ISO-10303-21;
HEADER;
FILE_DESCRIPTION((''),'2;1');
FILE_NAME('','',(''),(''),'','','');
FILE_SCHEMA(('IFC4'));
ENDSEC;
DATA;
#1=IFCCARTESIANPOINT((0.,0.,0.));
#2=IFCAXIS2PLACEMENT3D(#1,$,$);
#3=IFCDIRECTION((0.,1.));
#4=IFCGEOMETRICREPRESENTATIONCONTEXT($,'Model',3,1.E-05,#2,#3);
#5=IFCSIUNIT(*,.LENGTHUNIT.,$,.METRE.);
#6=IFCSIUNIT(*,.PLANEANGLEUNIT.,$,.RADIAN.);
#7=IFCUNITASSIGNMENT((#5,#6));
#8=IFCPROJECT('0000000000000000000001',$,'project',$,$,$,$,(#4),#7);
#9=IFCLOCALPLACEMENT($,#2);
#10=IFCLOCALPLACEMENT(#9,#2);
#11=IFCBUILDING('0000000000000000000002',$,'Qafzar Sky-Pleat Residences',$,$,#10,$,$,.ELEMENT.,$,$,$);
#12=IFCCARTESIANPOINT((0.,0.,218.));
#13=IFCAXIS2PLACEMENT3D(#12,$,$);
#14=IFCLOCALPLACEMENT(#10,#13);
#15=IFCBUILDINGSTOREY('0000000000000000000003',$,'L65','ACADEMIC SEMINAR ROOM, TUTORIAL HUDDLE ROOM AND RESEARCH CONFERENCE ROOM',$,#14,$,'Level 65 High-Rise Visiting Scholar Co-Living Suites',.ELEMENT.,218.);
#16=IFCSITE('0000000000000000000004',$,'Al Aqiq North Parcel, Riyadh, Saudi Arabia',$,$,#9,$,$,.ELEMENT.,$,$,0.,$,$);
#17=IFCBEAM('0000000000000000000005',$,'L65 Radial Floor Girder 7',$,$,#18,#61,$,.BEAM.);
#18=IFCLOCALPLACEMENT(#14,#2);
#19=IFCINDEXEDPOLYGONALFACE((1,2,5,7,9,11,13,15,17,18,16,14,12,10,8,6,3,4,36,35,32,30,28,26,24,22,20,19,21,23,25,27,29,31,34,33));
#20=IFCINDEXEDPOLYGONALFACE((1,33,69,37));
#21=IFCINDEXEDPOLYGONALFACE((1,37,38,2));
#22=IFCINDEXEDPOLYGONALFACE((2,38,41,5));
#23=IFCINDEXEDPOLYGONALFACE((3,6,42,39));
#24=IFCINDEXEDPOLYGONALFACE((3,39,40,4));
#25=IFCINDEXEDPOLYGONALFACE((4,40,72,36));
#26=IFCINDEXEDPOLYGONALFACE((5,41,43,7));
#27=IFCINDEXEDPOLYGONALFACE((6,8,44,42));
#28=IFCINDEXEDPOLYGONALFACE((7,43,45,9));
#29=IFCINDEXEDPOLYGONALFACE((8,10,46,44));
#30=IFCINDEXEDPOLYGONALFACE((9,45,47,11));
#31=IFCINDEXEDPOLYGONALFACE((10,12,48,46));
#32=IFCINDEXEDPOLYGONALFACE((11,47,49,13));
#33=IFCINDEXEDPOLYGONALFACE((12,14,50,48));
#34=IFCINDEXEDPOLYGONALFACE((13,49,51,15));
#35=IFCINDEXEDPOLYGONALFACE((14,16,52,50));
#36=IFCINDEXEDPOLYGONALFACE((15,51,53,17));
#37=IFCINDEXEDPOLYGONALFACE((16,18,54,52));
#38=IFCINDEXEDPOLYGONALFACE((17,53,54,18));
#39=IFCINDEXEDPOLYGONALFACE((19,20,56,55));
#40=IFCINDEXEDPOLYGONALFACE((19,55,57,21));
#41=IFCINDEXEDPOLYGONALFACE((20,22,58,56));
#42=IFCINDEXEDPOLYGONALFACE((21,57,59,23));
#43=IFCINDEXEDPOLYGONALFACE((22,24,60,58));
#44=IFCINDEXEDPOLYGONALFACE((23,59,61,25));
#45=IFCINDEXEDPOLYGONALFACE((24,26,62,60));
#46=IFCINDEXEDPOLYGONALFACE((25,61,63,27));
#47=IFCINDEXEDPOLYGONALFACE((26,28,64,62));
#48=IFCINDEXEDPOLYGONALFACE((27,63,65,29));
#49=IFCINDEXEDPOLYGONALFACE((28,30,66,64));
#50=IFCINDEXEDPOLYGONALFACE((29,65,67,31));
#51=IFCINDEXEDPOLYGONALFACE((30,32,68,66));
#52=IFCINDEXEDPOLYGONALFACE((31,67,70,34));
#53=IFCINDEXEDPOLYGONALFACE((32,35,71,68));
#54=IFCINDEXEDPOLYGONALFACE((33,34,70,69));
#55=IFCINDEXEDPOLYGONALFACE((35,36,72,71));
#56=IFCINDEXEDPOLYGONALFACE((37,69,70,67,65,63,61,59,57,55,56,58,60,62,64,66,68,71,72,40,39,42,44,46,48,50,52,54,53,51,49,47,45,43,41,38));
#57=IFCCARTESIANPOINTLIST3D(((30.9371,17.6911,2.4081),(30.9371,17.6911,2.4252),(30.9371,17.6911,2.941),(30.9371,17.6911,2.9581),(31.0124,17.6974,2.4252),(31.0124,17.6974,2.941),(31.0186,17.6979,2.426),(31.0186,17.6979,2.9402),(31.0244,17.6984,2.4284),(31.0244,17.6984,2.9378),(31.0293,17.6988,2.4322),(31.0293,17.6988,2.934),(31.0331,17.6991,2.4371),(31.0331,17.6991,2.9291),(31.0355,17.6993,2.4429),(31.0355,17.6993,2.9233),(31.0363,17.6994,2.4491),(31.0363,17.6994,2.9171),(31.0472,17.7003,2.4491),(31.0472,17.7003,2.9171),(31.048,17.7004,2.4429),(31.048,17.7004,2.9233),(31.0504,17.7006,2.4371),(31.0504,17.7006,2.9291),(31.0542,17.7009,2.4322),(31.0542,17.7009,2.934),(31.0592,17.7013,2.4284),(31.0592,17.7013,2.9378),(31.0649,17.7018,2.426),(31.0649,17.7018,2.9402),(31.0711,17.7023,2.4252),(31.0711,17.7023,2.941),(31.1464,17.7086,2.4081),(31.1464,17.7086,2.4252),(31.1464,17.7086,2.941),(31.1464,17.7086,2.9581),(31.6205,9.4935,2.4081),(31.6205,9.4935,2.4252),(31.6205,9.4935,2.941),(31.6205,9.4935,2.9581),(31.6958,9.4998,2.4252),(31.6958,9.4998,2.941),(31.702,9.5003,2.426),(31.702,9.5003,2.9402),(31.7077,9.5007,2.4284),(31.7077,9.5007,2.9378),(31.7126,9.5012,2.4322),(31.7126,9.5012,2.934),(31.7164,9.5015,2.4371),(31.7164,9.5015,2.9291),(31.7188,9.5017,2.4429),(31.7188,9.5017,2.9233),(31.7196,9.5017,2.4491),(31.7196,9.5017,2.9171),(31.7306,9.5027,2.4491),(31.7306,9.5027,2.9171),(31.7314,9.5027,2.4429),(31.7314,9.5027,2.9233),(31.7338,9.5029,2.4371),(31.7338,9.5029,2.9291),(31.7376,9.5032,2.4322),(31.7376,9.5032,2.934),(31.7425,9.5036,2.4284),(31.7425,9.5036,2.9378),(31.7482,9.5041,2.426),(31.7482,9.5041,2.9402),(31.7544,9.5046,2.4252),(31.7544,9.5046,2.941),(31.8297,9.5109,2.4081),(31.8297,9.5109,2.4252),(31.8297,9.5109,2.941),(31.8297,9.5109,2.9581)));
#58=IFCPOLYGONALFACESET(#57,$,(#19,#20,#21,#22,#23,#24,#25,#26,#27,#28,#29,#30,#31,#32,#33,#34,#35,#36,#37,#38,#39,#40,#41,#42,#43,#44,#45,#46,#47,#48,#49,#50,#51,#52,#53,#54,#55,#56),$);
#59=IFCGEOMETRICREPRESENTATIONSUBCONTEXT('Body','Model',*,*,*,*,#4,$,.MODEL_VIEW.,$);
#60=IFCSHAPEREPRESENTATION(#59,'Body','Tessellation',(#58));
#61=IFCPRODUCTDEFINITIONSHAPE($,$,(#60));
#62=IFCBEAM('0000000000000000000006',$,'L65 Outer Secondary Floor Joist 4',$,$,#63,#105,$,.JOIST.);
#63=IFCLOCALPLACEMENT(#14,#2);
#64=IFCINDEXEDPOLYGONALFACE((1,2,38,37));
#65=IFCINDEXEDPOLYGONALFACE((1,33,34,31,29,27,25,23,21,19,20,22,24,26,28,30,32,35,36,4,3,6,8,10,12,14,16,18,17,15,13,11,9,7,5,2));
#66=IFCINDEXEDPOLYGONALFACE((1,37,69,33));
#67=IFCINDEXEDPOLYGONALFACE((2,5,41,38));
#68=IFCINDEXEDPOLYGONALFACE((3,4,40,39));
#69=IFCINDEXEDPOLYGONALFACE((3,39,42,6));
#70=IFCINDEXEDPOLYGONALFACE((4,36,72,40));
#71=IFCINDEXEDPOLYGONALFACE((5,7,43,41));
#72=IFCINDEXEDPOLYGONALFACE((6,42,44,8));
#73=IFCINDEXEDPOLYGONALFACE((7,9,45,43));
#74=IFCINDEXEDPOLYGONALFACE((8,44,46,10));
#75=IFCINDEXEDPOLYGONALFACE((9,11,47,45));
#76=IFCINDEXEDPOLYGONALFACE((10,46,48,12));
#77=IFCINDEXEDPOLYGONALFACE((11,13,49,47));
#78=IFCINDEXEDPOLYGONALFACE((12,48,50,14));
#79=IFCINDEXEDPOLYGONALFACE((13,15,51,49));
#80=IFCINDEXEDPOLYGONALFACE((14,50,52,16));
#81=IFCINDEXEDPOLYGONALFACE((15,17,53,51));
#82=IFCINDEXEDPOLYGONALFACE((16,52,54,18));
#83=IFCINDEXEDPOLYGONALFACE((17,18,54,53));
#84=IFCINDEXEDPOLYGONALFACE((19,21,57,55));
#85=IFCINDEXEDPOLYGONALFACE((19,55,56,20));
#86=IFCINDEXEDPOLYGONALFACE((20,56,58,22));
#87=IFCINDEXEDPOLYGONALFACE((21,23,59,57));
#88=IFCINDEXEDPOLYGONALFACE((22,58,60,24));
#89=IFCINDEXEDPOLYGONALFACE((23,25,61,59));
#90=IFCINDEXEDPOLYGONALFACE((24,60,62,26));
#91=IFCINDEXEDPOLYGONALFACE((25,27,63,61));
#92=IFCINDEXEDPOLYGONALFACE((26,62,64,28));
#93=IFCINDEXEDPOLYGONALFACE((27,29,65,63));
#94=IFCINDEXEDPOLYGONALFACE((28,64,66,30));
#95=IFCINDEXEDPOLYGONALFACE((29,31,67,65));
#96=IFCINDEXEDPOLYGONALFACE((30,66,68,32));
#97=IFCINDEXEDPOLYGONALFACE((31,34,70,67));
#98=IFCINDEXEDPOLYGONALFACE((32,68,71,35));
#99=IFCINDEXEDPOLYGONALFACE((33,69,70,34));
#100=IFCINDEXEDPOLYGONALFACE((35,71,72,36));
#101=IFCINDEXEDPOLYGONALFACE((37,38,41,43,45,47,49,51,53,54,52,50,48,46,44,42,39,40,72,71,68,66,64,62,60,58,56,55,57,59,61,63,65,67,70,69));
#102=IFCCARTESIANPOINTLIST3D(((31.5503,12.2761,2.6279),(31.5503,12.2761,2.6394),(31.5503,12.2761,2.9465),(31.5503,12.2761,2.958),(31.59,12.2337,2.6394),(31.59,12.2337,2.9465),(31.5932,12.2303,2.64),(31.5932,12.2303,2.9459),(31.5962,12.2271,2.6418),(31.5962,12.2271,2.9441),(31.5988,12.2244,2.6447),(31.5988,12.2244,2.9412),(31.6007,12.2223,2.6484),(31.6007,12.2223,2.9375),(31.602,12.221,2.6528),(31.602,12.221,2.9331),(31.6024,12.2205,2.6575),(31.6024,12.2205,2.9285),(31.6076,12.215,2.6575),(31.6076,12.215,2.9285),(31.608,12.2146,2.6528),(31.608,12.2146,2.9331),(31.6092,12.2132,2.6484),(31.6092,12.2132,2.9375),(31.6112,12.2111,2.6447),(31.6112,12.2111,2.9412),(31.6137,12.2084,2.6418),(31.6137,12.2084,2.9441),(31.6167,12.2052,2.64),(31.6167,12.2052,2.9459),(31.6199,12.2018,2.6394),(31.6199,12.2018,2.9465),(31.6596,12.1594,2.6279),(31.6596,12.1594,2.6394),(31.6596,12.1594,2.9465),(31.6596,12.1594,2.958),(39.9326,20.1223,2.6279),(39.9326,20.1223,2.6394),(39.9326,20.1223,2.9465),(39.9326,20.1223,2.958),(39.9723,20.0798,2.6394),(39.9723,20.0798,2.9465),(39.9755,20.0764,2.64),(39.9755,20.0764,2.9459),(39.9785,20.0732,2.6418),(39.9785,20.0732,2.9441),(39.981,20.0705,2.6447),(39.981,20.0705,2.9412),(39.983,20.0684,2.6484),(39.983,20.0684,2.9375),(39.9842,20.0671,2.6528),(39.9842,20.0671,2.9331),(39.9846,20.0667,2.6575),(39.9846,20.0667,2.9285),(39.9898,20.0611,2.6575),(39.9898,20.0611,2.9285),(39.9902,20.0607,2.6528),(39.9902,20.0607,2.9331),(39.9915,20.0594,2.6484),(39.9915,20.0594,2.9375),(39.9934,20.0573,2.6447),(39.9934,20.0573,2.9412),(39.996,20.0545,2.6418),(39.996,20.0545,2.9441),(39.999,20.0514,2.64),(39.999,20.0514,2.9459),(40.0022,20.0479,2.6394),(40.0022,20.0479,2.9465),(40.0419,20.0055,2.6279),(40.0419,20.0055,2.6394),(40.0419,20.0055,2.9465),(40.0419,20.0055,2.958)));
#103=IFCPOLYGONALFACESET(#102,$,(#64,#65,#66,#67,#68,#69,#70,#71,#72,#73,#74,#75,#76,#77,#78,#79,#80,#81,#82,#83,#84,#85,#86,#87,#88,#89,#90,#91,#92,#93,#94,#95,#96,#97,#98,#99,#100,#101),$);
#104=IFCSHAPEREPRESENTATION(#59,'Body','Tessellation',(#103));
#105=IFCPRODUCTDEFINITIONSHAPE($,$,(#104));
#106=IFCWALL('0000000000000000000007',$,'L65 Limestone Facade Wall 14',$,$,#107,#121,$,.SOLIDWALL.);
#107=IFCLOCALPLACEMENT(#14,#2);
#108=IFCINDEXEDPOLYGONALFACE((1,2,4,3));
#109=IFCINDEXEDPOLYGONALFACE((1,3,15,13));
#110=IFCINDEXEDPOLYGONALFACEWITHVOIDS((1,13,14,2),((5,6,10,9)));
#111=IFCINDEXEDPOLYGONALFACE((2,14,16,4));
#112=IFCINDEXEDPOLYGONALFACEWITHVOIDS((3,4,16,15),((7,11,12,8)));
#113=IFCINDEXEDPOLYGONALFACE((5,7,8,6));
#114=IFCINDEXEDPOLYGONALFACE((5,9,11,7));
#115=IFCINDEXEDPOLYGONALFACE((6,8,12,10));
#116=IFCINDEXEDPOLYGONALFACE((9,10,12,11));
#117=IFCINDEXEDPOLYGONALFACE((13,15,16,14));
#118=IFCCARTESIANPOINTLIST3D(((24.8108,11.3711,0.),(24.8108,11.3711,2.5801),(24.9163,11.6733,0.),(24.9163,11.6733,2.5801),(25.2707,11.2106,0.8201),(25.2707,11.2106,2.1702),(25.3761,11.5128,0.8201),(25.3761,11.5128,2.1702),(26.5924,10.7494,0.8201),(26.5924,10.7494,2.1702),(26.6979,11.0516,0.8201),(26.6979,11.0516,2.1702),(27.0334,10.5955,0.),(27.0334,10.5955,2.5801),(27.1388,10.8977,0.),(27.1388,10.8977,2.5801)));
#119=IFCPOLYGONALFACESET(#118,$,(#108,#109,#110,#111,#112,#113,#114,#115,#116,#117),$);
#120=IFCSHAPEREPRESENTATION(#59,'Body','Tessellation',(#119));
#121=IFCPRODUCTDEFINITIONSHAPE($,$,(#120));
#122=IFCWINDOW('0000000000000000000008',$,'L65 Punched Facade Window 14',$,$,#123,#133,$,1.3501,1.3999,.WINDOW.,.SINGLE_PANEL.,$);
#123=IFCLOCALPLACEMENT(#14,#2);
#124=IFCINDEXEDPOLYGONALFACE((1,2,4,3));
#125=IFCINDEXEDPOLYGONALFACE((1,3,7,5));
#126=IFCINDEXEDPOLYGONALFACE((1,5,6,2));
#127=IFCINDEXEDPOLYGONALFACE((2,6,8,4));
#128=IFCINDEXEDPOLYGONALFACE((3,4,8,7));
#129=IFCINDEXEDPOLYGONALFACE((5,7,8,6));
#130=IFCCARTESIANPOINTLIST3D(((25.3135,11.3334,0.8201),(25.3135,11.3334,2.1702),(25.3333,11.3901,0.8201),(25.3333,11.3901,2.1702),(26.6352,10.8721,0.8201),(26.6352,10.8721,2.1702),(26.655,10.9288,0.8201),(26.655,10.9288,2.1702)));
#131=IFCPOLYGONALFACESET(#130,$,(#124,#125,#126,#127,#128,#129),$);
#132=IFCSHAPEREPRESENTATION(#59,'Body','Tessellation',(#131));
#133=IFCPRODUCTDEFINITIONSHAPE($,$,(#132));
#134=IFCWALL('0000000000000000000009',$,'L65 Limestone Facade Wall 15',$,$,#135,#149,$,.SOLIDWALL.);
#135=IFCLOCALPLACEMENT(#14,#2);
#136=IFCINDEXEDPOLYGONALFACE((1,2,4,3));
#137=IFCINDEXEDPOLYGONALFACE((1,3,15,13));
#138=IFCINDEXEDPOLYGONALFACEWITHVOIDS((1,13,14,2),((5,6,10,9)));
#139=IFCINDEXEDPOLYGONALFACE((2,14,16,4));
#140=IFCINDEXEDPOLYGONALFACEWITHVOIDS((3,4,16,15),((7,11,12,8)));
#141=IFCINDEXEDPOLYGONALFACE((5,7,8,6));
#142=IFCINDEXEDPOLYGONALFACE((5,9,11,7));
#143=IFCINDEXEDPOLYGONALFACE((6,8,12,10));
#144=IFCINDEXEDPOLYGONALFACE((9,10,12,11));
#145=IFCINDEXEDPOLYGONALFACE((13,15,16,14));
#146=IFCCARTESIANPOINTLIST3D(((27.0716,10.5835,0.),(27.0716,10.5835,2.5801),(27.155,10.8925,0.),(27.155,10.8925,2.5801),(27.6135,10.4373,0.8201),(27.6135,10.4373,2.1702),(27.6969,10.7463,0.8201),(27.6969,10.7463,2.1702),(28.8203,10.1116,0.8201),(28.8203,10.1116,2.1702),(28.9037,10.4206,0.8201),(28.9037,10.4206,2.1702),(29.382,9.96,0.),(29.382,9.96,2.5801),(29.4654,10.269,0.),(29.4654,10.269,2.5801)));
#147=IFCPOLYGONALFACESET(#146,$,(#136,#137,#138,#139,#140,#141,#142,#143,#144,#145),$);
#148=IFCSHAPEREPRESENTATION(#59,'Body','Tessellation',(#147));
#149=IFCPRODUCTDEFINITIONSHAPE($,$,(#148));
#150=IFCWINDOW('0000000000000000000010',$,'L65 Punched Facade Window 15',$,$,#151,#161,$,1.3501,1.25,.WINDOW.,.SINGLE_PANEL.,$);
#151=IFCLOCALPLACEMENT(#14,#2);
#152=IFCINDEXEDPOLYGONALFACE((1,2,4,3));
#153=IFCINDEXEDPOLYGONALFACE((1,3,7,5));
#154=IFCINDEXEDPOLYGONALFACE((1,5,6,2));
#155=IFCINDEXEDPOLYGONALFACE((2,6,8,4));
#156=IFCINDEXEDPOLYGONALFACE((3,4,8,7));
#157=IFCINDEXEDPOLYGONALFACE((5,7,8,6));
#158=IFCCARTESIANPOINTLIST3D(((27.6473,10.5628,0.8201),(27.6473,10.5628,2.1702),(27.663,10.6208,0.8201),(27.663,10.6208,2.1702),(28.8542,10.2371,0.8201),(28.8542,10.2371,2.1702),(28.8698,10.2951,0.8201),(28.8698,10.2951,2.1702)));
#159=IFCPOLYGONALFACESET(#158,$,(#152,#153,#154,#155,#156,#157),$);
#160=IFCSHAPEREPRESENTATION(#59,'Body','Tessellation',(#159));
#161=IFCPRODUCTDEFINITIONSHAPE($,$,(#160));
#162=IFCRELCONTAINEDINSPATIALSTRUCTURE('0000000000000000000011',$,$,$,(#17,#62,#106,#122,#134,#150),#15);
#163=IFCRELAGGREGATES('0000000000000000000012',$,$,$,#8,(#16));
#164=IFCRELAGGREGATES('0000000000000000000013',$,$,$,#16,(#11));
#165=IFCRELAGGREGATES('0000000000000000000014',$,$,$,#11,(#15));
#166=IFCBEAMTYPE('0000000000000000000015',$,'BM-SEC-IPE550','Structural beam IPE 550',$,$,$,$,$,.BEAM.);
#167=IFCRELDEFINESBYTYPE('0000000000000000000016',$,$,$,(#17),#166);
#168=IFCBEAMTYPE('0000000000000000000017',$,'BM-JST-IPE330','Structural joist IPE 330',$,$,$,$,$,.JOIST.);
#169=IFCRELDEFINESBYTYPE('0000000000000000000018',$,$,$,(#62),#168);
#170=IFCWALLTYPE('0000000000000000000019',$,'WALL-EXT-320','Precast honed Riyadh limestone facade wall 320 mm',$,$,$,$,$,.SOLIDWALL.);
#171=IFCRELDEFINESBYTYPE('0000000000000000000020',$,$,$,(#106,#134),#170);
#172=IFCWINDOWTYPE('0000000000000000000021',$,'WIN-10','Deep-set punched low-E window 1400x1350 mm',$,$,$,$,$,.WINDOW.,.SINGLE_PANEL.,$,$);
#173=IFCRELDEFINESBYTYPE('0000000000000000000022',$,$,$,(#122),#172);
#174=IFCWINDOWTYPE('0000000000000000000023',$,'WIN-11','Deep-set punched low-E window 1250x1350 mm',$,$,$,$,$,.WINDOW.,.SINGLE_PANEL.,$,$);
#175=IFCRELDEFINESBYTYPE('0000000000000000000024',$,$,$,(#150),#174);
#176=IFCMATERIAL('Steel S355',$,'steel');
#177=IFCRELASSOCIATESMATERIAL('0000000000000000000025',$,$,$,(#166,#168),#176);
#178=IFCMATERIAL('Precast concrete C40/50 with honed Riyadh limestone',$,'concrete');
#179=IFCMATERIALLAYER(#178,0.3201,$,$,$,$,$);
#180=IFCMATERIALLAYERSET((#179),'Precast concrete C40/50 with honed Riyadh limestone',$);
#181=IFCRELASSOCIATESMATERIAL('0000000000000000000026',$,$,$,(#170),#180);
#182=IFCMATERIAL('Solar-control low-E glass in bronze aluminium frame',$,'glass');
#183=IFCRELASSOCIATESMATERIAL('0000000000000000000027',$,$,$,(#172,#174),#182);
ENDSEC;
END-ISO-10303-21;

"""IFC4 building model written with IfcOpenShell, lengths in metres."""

from ifc_helpers import new_model, si_unit, direction, frame, frame_2d, origin, origin_2d, place, context, subcontext, project, spatial, rectangle, i_section, extrude, source, transform, mapped, material, layer, layer_set, material_profile, profile_set, type_object, element, fill, save


model = new_model("IFC4")

# Units and contexts
model_context = context("Model", 3, precision=1e-05, world=origin(), true_north=direction((0.0, 1.0)))
body_context = subcontext(model_context, "Body", "Model", "MODEL_VIEW")
ifc_project = project(units=[si_unit("LENGTHUNIT", "METRE"), si_unit("PLANEANGLEUNIT", "RADIAN")], contexts=[model_context])

# Site, building, storey
site_placement = place(None, origin())
site = spatial("IfcSite", under=ifc_project, at=site_placement, Name="Al Aqiq North Parcel, Riyadh, Saudi Arabia", CompositionType="ELEMENT", RefElevation=0.0)
building_placement = place(site_placement, origin())
building = spatial("IfcBuilding", under=site, at=building_placement, Name="Qafzar Sky-Pleat Residences", CompositionType="ELEMENT")
storey_placement = place(building_placement, frame((0.0, 0.0, 218.0)))
storey = spatial("IfcBuildingStorey", under=building, at=storey_placement, Name="L65", Description="ACADEMIC SEMINAR ROOM, TUTORIAL HUDDLE ROOM AND RESEARCH CONFERENCE ROOM", LongName="Level 65 High-Rise Visiting Scholar Co-Living Suites", CompositionType="ELEMENT", Elevation=218.0)

# Shared definitions
ifc_material_1 = material(Name="Steel S355", Category="steel")

# Beams
ifc_material_profile_1 = material_profile(ifc_material_1, i_section(OverallWidth=0.21, OverallDepth=0.55, WebThickness=0.011, FlangeThickness=0.0171, FilletRadius=0.0239, at=origin_2d()), Name="IPE 550")
ifc_profile_set_1 = profile_set([ifc_material_profile_1], Name="Steel S355")
beam_type_1 = type_object("IfcBeamType", Name="BM-SEC-IPE550", Description="Structural beam IPE 550", PredefinedType="BEAM", material=ifc_profile_set_1)
shared_shape_1 = source(origin(), body_context, "Body", "SweptSolid", [
    extrude(i_section(OverallWidth=0.21, OverallDepth=0.55, WebThickness=0.011, FlangeThickness=0.0171, FilletRadius=0.0239, at=origin_2d()), origin(), (0.0, 0.0, 1.0), 8.2261),
])
beam_1_placement = place(storey_placement, frame((31.7251, 9.5022, 2.6831), z_axis=(-0.08307, 0.996544, 0.0), x_axis=(-0.996544, -0.08307, 0.0)))
element("IfcBeam", 1, at=beam_1_placement, inside=storey, type_object=beam_type_1, Name="L65 Radial Floor Girder 7", PredefinedType="BEAM", context=body_context, shape_type="MappedRepresentation", body=[
    mapped(shared_shape_1, transform((0.0, 0.0, 0.0), x_axis=(1.0, 0.0, 0.0), y_axis=(0.0, 1.0, 0.0), z_axis=(0.0, 0.0, 1.0), scale=1.0)),
])
ifc_material_profile_2 = material_profile(ifc_material_1, i_section(OverallWidth=0.1599, OverallDepth=0.3301, WebThickness=0.0076, FlangeThickness=0.0115, FilletRadius=0.0181, at=origin_2d()), Name="IPE 330")
ifc_profile_set_2 = profile_set([ifc_material_profile_2], Name="Steel S355")
beam_type_2 = type_object("IfcBeamType", Name="BM-JST-IPE330", Description="Structural joist IPE 330", PredefinedType="JOIST", material=ifc_profile_set_2)
shared_shape_2 = source(origin(), body_context, "Body", "SweptSolid", [
    extrude(i_section(OverallWidth=0.1599, OverallDepth=0.3301, WebThickness=0.0076, FlangeThickness=0.0115, FilletRadius=0.0181, at=origin_2d()), origin(), (0.0, 0.0, 1.0), 11.4814),
])
beam_2_placement = place(storey_placement, frame((31.605, 12.2178, 2.793), z_axis=(0.730069, 0.683374, 0.0), x_axis=(-0.683374, 0.730069, 0.0)))
element("IfcBeam", 2, at=beam_2_placement, inside=storey, type_object=beam_type_2, Name="L65 Outer Secondary Floor Joist 4", PredefinedType="JOIST", context=body_context, shape_type="MappedRepresentation", body=[
    mapped(shared_shape_2, transform((0.0, 0.0, 0.0), x_axis=(1.0, 0.0, 0.0), y_axis=(0.0, 1.0, 0.0), z_axis=(0.0, 0.0, 1.0), scale=1.0)),
])

# Walls, openings, windows
ifc_material_2 = material(Name="Precast concrete C40/50 with honed Riyadh limestone", Category="concrete")
ifc_layer_1 = layer(ifc_material_2, 0.3201)
ifc_layer_set_1 = layer_set([ifc_layer_1], Name="Precast concrete C40/50 with honed Riyadh limestone")
wall_type_1 = type_object("IfcWallType", Name="WALL-EXT-320", Description="Precast honed Riyadh limestone facade wall 320 mm", PredefinedType="SOLIDWALL", material=ifc_layer_set_1)
wall_1_placement = place(storey_placement, frame((24.8635, 11.5222, 0.0), z_axis=(0.0, 0.0, 1.0), x_axis=(0.944162, -0.329482, 0.0)))
wall_1 = element("IfcWall", 3, at=wall_1_placement, inside=storey, type_object=wall_type_1, Name="L65 Limestone Facade Wall 14", PredefinedType="SOLIDWALL", context=body_context, shape_type="SweptSolid", body=[
    extrude(rectangle(XDim=2.354, YDim=0.3201, at=frame_2d((1.177, 0.0))), origin(), (0.0, 0.0, 1.0), 2.5801),
])
opening_1_placement = place(wall_1_placement, frame((0.4871, 0.0, 0.8201)))
opening_1 = element("IfcOpeningElement", 4, at=opening_1_placement, cuts=wall_1, PredefinedType="OPENING", context=body_context, shape_type="SweptSolid", body=[
    extrude(rectangle(XDim=1.3999, YDim=1.3501, at=frame_2d((0.7, 0.675))), frame((0.0, 0.1699, 0.0), z_axis=(0.0, -1.0, 0.0), x_axis=(1.0, 0.0, 0.0)), (0.0, 0.0, 1.0), 0.3401),
])
ifc_material_3 = material(Name="Solar-control low-E glass in bronze aluminium frame", Category="glass")
window_type_1 = type_object("IfcWindowType", Name="WIN-10", Description="Deep-set punched low-E window 1400x1350 mm", PartitioningType="SINGLE_PANEL", PredefinedType="WINDOW", material=ifc_material_3)
shared_shape_3 = source(origin(), body_context, "Body", "SweptSolid", [
    extrude(rectangle(XDim=1.3999, YDim=1.3501, at=frame_2d((0.7, 0.675))), frame((0.0, 0.03, 0.0), z_axis=(0.0, -1.0, 0.0), x_axis=(1.0, 0.0, 0.0)), (0.0, 0.0, 1.0), 0.0601),
])
window_1_placement = place(opening_1_placement, origin())
window_1 = element("IfcWindow", 5, at=window_1_placement, inside=storey, type_object=window_type_1, Name="L65 Punched Facade Window 14", OverallHeight=1.3501, OverallWidth=1.3999, PartitioningType="SINGLE_PANEL", PredefinedType="WINDOW", context=body_context, shape_type="MappedRepresentation", body=[
    mapped(shared_shape_3, transform((0.0, 0.0, 0.0), x_axis=(1.0, 0.0, 0.0), y_axis=(0.0, 1.0, 0.0), z_axis=(0.0, 0.0, 1.0), scale=1.0)),
])
fill(opening_1, window_1)
wall_2_placement = place(storey_placement, frame((27.1133, 10.738, 0.0), z_axis=(0.0, 0.0, 1.0), x_axis=(0.965455, -0.26057, 0.0)))
wall_2 = element("IfcWall", 6, at=wall_2_placement, inside=storey, type_object=wall_type_1, Name="L65 Limestone Facade Wall 15", PredefinedType="SOLIDWALL", context=body_context, shape_type="SweptSolid", body=[
    extrude(rectangle(XDim=2.3931, YDim=0.3201, at=frame_2d((1.1965, 0.0))), origin(), (0.0, 0.0, 1.0), 2.5801),
])
opening_2_placement = place(wall_2_placement, frame((0.5613, 0.0, 0.8201)))
opening_2 = element("IfcOpeningElement", 7, at=opening_2_placement, cuts=wall_2, PredefinedType="OPENING", context=body_context, shape_type="SweptSolid", body=[
    extrude(rectangle(XDim=1.25, YDim=1.3501, at=frame_2d((0.625, 0.675))), frame((0.0, 0.1699, 0.0), z_axis=(0.0, -1.0, 0.0), x_axis=(1.0, 0.0, 0.0)), (0.0, 0.0, 1.0), 0.3401),
])
window_type_2 = type_object("IfcWindowType", Name="WIN-11", Description="Deep-set punched low-E window 1250x1350 mm", PartitioningType="SINGLE_PANEL", PredefinedType="WINDOW", material=ifc_material_3)
shared_shape_4 = source(origin(), body_context, "Body", "SweptSolid", [
    extrude(rectangle(XDim=1.25, YDim=1.3501, at=frame_2d((0.625, 0.675))), frame((0.0, 0.03, 0.0), z_axis=(0.0, -1.0, 0.0), x_axis=(1.0, 0.0, 0.0)), (0.0, 0.0, 1.0), 0.0601),
])
window_2_placement = place(opening_2_placement, origin())
window_2 = element("IfcWindow", 8, at=window_2_placement, inside=storey, type_object=window_type_2, Name="L65 Punched Facade Window 15", OverallHeight=1.3501, OverallWidth=1.25, PartitioningType="SINGLE_PANEL", PredefinedType="WINDOW", context=body_context, shape_type="MappedRepresentation", body=[
    mapped(shared_shape_4, transform((0.0, 0.0, 0.0), x_axis=(1.0, 0.0, 0.0), y_axis=(0.0, 1.0, 0.0), z_axis=(0.0, 0.0, 1.0), scale=1.0)),
])
fill(opening_2, window_2)

save(model, "model.ifc")
